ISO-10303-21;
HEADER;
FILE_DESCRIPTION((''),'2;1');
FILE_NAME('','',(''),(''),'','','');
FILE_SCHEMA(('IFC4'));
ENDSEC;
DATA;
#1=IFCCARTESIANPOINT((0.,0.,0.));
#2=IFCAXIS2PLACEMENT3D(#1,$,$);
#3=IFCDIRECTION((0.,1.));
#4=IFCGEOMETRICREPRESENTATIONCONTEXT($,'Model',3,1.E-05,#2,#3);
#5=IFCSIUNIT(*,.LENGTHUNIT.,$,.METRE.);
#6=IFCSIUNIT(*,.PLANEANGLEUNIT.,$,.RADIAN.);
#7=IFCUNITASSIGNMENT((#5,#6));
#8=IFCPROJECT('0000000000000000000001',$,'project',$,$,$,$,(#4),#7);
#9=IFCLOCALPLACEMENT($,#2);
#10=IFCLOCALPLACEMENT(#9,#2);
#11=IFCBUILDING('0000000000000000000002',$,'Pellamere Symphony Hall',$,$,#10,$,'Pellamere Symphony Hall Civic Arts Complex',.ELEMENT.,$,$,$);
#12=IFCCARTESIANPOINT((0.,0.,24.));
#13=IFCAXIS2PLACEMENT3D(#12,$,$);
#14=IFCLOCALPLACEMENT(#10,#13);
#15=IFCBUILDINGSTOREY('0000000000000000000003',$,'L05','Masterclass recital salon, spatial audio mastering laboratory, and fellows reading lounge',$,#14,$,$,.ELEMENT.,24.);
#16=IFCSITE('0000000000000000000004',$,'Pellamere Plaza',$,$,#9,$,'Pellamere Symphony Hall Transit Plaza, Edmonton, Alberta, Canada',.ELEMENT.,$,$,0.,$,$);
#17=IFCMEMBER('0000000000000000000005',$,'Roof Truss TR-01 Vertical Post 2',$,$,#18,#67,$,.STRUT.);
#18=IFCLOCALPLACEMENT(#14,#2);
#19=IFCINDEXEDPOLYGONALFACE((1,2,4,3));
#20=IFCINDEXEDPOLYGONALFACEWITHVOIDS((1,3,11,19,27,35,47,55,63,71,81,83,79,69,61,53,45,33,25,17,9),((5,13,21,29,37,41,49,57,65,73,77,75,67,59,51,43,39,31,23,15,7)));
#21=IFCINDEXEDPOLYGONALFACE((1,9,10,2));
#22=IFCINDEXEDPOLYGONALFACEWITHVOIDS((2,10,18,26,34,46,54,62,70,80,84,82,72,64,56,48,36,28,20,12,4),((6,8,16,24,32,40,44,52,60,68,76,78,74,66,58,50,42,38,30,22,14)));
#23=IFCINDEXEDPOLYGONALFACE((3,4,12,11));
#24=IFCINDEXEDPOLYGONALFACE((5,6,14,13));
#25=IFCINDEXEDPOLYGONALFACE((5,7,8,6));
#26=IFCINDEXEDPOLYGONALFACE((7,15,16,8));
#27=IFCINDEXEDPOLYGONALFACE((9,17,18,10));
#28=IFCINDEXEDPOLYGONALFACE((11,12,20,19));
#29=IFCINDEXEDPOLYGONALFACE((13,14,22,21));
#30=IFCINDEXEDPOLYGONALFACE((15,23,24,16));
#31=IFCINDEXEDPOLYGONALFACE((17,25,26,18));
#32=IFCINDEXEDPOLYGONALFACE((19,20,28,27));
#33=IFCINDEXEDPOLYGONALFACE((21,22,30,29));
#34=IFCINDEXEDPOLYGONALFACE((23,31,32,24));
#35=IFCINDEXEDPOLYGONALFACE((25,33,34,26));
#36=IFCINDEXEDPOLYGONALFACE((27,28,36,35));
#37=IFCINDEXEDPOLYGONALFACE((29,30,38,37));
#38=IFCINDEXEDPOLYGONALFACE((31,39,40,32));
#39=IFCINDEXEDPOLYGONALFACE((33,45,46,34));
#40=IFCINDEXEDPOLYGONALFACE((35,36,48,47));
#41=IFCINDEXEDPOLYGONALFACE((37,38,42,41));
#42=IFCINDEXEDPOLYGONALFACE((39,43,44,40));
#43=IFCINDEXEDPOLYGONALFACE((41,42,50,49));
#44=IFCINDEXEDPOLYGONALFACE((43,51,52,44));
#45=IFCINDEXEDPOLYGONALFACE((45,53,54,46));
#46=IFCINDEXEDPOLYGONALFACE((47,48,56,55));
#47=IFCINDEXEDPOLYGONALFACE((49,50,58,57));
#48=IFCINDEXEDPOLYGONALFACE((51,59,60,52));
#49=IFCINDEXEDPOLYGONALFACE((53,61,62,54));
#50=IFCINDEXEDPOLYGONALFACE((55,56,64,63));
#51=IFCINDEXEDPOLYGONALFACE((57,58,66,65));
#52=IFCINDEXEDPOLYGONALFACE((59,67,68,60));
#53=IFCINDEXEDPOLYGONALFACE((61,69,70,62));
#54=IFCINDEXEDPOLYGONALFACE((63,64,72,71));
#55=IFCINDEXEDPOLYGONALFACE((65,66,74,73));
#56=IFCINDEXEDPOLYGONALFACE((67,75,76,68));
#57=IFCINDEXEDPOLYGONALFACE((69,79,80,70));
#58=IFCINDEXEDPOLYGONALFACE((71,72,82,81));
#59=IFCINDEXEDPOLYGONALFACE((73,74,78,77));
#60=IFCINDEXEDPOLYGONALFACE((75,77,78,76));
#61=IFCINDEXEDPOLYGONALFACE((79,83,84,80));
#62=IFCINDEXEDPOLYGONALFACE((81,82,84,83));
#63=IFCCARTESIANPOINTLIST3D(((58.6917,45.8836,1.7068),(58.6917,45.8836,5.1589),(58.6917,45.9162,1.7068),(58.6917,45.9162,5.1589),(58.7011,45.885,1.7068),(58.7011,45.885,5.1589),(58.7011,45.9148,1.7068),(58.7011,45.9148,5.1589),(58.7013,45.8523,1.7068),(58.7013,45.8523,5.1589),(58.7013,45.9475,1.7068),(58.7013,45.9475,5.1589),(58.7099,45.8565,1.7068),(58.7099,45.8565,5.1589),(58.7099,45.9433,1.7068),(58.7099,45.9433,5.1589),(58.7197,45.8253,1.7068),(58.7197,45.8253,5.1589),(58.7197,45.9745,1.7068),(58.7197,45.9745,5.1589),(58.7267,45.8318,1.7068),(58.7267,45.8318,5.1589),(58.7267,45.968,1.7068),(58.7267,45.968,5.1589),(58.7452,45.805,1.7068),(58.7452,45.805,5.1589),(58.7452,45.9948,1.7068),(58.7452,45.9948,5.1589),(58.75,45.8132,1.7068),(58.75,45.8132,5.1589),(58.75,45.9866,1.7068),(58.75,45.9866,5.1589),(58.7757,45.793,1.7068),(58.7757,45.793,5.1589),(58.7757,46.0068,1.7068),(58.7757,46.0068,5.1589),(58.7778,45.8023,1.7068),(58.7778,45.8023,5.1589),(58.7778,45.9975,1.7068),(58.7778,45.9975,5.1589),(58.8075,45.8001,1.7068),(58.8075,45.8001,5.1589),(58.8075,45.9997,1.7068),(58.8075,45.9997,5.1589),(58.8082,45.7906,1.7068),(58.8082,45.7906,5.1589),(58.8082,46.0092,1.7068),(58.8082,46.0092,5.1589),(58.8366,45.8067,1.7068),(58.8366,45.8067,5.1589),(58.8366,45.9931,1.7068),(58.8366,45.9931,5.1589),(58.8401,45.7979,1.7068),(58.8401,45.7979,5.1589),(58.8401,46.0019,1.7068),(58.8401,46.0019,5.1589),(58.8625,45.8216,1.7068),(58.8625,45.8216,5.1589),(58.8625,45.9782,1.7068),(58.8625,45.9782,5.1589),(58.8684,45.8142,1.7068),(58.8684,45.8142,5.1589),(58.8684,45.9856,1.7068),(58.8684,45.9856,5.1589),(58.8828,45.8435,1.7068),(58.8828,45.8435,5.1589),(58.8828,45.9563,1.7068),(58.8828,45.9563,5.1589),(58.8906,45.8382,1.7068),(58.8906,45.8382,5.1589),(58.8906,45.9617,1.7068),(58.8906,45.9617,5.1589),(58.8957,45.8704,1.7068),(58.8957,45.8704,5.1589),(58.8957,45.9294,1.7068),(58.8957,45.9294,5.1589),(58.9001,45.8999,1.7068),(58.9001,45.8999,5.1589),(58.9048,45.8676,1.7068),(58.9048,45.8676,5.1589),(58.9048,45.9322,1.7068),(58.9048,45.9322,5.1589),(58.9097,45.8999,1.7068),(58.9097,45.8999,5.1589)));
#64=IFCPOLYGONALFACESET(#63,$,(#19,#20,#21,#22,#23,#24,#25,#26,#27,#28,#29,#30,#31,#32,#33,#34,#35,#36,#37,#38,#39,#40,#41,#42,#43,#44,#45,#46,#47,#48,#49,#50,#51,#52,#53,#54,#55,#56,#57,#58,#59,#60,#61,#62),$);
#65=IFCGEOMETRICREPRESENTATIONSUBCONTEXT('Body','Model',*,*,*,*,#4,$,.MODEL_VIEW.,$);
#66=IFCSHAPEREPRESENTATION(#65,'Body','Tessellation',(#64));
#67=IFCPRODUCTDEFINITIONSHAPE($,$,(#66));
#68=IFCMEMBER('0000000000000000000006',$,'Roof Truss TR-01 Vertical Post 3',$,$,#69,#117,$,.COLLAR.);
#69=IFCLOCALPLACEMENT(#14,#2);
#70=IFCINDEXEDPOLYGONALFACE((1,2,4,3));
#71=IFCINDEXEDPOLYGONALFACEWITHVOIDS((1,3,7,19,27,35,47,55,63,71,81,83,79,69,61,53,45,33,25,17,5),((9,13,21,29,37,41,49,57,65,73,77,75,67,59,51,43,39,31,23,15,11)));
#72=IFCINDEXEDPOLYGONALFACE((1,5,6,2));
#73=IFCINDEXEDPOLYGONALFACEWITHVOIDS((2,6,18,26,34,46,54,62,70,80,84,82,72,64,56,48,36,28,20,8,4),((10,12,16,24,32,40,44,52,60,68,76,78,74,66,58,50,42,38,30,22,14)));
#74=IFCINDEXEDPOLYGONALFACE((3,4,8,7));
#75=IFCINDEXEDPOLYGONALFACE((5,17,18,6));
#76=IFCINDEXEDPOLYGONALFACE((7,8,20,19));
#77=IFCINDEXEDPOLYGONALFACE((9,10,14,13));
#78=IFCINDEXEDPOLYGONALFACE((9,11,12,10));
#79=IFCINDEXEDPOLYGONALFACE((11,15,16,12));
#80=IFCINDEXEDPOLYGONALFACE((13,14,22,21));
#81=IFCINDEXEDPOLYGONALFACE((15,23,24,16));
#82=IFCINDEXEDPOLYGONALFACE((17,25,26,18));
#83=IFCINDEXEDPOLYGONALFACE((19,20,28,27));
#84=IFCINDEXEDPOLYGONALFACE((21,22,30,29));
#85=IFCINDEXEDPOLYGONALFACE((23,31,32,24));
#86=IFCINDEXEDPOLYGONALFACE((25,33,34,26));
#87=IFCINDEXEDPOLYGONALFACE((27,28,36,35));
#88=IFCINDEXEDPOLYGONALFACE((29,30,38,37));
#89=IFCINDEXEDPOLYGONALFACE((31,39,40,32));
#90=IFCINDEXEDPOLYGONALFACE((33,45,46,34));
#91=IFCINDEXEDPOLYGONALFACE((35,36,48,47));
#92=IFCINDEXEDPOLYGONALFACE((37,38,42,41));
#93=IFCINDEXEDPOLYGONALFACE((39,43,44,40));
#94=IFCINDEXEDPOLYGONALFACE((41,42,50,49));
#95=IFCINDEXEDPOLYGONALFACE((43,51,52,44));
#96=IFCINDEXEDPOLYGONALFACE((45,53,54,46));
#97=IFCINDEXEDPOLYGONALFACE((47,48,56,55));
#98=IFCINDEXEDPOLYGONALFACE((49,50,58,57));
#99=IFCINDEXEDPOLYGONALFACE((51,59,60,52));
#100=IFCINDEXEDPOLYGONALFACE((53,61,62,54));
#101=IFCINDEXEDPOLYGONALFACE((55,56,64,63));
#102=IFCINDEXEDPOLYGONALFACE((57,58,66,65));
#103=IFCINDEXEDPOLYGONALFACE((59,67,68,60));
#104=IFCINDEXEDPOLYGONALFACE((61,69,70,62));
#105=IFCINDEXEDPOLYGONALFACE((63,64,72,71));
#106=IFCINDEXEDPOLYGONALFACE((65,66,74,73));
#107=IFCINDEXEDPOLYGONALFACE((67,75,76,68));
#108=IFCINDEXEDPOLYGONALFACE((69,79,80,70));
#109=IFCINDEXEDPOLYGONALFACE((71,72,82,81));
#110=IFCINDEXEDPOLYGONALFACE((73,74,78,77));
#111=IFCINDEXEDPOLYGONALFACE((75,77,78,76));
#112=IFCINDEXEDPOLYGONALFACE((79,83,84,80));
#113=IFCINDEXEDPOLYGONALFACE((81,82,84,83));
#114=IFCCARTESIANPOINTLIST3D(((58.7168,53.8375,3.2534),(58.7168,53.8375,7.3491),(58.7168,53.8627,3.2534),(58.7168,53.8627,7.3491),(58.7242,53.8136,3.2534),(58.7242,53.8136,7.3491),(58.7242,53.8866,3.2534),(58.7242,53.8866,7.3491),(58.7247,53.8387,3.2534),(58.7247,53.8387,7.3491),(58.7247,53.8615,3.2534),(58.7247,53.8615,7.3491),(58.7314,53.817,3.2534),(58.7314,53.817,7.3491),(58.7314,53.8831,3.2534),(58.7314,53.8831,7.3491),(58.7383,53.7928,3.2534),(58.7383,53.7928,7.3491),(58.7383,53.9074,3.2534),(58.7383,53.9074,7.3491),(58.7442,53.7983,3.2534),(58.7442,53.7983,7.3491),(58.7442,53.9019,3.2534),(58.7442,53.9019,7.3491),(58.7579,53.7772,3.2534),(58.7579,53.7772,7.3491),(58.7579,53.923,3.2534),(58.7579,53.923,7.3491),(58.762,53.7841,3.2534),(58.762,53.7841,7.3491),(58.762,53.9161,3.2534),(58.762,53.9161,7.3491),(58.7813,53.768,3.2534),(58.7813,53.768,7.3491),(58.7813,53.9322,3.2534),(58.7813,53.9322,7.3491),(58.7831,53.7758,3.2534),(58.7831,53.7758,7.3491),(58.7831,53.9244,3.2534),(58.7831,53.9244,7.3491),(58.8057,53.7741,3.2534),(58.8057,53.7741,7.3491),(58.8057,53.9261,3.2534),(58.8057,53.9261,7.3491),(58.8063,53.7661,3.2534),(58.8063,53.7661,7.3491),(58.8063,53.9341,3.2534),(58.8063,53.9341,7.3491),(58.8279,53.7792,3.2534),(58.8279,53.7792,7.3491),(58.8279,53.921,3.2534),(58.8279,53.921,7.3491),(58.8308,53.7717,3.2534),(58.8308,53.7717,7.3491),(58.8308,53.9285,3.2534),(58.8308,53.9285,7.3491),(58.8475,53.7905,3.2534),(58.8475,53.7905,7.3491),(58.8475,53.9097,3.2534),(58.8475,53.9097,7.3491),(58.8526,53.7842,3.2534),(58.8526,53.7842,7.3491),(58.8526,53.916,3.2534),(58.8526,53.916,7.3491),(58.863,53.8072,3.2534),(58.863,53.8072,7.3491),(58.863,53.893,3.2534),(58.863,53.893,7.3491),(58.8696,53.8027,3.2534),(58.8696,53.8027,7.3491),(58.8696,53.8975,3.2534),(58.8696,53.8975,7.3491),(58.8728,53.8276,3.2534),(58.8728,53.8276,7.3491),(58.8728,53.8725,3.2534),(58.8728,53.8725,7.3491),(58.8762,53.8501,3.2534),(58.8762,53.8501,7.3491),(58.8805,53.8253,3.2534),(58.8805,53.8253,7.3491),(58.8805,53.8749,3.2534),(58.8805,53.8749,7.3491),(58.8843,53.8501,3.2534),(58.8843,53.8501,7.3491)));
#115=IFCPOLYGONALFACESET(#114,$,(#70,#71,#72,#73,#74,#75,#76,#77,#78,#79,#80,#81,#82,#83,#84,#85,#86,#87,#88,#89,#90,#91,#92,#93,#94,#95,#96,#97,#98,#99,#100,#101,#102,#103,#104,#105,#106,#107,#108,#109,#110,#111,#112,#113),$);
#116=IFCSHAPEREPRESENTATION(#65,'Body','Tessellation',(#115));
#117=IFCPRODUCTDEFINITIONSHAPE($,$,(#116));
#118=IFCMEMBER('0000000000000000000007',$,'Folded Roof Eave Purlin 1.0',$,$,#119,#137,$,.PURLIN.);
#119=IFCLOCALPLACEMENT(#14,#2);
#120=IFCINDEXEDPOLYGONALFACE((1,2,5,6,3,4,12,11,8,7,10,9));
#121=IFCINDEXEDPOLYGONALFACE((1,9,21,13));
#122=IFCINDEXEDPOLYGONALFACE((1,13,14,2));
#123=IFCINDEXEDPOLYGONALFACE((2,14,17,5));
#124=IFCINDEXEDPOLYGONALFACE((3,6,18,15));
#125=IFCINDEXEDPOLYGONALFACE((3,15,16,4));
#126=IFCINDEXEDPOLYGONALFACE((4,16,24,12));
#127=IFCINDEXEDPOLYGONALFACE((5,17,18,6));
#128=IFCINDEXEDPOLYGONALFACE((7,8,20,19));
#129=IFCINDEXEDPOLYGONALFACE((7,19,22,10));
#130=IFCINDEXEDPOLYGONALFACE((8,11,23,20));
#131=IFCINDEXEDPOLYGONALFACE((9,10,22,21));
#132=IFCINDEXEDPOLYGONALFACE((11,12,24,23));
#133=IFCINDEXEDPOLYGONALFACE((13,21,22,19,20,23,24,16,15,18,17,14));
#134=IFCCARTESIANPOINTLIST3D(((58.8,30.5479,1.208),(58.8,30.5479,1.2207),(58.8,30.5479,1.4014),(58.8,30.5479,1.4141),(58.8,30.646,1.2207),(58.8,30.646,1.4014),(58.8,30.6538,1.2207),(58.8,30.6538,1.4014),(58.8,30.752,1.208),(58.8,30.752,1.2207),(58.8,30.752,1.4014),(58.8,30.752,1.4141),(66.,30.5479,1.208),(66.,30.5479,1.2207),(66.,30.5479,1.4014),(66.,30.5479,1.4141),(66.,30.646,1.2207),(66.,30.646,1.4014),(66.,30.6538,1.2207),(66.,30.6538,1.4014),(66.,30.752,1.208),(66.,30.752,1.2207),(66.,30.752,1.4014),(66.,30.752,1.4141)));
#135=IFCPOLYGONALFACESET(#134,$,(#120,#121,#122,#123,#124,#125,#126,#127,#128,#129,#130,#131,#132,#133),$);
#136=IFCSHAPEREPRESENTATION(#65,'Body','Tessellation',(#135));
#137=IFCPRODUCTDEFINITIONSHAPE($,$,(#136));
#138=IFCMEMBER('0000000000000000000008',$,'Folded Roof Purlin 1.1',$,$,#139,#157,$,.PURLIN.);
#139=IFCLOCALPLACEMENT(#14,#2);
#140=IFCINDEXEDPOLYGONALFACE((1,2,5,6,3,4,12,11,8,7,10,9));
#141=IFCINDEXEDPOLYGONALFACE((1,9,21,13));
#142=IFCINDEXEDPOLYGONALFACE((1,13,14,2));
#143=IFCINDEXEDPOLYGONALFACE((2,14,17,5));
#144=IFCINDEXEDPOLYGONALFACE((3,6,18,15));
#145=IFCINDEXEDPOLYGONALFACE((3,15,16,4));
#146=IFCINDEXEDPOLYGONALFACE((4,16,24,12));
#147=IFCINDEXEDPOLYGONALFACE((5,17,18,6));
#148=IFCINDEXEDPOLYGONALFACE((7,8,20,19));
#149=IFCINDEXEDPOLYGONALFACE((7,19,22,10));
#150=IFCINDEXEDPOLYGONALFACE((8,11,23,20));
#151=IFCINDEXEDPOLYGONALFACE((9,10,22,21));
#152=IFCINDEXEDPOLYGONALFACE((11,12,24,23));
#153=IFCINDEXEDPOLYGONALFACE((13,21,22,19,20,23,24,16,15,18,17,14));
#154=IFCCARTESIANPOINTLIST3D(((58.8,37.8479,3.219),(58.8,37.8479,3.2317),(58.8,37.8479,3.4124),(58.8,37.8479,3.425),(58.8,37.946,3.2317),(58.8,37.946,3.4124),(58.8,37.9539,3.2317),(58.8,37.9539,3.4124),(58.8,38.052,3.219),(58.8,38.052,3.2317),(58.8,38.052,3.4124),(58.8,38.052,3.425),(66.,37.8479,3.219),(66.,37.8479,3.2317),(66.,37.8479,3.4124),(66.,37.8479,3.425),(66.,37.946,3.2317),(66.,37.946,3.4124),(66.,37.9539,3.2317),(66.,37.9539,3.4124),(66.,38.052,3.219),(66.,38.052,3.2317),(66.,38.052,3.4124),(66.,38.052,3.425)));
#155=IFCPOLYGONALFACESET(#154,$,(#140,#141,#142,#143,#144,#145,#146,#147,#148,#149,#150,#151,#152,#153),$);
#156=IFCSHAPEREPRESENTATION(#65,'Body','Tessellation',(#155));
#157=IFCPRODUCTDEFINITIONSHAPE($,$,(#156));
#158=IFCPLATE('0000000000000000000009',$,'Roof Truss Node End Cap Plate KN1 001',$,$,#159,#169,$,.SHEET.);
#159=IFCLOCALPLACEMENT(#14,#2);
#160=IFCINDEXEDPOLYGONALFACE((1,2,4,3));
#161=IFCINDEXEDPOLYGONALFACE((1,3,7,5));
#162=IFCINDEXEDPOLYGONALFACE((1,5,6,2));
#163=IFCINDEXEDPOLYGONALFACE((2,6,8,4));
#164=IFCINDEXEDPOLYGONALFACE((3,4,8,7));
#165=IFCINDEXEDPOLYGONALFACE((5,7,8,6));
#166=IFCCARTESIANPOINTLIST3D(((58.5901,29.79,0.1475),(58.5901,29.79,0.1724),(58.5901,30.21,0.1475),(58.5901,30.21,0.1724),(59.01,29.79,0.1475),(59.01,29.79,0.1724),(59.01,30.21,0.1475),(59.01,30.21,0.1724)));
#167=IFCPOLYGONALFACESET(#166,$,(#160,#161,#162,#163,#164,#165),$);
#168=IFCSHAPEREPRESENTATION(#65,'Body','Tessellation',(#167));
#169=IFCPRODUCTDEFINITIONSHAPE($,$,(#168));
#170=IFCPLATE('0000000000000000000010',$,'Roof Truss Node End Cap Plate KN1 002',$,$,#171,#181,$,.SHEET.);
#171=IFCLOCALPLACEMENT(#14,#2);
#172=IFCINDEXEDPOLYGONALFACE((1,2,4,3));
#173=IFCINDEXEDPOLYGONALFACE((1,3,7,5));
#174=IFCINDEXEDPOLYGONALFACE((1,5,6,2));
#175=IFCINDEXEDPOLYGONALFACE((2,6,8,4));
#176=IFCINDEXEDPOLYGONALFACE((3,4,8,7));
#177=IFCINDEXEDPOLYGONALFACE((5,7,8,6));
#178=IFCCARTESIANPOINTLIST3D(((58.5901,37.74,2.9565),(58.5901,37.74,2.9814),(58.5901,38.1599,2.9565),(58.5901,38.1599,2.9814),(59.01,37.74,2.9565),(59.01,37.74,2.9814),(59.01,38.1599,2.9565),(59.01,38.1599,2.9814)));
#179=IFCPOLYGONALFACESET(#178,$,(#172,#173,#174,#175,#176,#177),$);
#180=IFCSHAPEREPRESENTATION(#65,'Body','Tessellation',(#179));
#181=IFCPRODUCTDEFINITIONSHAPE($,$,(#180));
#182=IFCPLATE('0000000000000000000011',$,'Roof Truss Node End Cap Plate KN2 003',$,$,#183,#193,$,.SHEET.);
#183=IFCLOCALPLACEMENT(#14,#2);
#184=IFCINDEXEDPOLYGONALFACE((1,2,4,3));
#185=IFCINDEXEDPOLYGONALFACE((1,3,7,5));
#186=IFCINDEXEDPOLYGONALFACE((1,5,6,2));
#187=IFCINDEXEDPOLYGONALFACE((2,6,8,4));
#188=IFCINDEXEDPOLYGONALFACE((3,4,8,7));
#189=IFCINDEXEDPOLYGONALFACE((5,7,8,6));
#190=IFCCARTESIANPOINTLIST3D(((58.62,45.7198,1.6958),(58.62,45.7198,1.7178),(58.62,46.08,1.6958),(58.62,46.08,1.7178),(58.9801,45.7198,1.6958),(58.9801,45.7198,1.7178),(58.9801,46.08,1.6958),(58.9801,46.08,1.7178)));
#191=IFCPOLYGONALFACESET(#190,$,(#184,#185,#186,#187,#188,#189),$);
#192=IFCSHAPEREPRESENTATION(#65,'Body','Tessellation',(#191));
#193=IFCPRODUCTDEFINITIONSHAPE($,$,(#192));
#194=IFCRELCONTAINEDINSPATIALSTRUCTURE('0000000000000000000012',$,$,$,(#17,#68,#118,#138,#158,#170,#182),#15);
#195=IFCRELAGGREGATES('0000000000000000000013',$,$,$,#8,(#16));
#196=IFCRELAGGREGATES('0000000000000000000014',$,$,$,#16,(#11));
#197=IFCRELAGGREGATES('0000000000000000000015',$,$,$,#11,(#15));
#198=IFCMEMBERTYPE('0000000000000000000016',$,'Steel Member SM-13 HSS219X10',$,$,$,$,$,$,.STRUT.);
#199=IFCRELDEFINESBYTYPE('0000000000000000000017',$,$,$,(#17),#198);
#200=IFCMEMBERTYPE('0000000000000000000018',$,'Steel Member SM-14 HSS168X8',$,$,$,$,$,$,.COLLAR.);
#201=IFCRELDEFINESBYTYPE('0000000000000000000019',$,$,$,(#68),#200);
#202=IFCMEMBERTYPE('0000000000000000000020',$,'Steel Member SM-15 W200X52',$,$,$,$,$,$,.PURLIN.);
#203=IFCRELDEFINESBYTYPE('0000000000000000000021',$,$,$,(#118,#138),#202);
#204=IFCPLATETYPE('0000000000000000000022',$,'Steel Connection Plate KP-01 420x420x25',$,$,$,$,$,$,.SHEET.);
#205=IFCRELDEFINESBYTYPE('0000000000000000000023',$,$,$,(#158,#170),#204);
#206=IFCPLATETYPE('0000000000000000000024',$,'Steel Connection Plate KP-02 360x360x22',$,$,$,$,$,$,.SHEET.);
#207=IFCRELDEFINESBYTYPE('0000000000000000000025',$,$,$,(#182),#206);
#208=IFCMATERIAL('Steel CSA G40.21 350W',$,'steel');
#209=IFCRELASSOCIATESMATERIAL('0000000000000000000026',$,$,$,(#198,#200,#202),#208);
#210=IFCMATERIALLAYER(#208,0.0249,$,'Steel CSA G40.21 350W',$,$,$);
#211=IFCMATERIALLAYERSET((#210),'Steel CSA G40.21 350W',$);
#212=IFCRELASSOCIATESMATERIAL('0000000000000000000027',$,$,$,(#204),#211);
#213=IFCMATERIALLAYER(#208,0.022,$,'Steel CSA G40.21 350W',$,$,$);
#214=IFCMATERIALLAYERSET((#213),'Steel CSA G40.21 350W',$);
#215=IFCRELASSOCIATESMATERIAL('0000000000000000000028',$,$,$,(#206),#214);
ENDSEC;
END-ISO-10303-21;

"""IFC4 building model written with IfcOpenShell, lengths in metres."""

from ifc_helpers import new_model, si_unit, direction, frame, origin, origin_2d, place, context, subcontext, project, spatial, rectangle, hollow_circle, i_section, extrude, material, layer, layer_set, material_profile, profile_set, type_object, element, save


model = new_model("IFC4")

# Units and contexts
model_context = context("Model", 3, precision=1e-05, world=origin(), true_north=direction((0.0, 1.0)))
body_context = subcontext(model_context, "Body", "Model", "MODEL_VIEW")
ifc_project = project(units=[si_unit("LENGTHUNIT", "METRE"), si_unit("PLANEANGLEUNIT", "RADIAN")], contexts=[model_context])

# Site, building, storey
site_placement = place(None, origin())
site = spatial("IfcSite", under=ifc_project, at=site_placement, Name="Pellamere Plaza", LongName="Pellamere Symphony Hall Transit Plaza, Edmonton, Alberta, Canada", CompositionType="ELEMENT", RefElevation=0.0)
building_placement = place(site_placement, origin())
building = spatial("IfcBuilding", under=site, at=building_placement, Name="Pellamere Symphony Hall", LongName="Pellamere Symphony Hall Civic Arts Complex", CompositionType="ELEMENT")
storey_placement = place(building_placement, frame((0.0, 0.0, 24.0)))
storey = spatial("IfcBuildingStorey", under=building, at=storey_placement, Name="L05", Description="Masterclass recital salon, spatial audio mastering laboratory, and fellows reading lounge", CompositionType="ELEMENT", Elevation=24.0)

# Shared definitions
ifc_material_1 = material(Name="Steel CSA G40.21 350W", Category="steel")

# Members
ifc_material_profile_1 = material_profile(ifc_material_1, hollow_circle(Radius=0.1096, WallThickness=0.0095, at=origin_2d()), Name="HSS219X10")
ifc_profile_set_1 = profile_set([ifc_material_profile_1], Name="Steel CSA G40.21 350W")
member_type_1 = type_object("IfcMemberType", Name="Steel Member SM-13 HSS219X10", PredefinedType="STRUT", material=ifc_profile_set_1)
member_1_placement = place(storey_placement, frame((58.8, 45.8999, 1.7068), z_axis=(0.0, 0.0, 1.0), x_axis=(1.0, 0.0, 0.0)))
element("IfcMember", 1, at=member_1_placement, inside=storey, type_object=member_type_1, Name="Roof Truss TR-01 Vertical Post 2", PredefinedType="STRUT", context=body_context, shape_type="SweptSolid", body=[
    extrude(hollow_circle(Radius=0.1096, WallThickness=0.0095, at=origin_2d()), origin(), (0.0, 0.0, 1.0), 3.4521),
])
ifc_material_profile_2 = material_profile(ifc_material_1, hollow_circle(Radius=0.0842, WallThickness=0.0081, at=origin_2d()), Name="HSS168X8")
ifc_profile_set_2 = profile_set([ifc_material_profile_2], Name="Steel CSA G40.21 350W")
member_type_2 = type_object("IfcMemberType", Name="Steel Member SM-14 HSS168X8", PredefinedType="COLLAR", material=ifc_profile_set_2)
member_2_placement = place(storey_placement, frame((58.8, 53.8501, 3.2534), z_axis=(0.0, 0.0, 1.0), x_axis=(1.0, 0.0, 0.0)))
element("IfcMember", 2, at=member_2_placement, inside=storey, type_object=member_type_2, Name="Roof Truss TR-01 Vertical Post 3", PredefinedType="COLLAR", context=body_context, shape_type="SweptSolid", body=[
    extrude(hollow_circle(Radius=0.0842, WallThickness=0.0081, at=origin_2d()), origin(), (0.0, 0.0, 1.0), 4.0957),
])
ifc_material_profile_3 = material_profile(ifc_material_1, i_section(OverallWidth=0.2041, OverallDepth=0.2061, WebThickness=0.0078, FlangeThickness=0.0127, at=origin_2d()), Name="W200X52")
ifc_profile_set_3 = profile_set([ifc_material_profile_3], Name="Steel CSA G40.21 350W")
member_type_3 = type_object("IfcMemberType", Name="Steel Member SM-15 W200X52", PredefinedType="PURLIN", material=ifc_profile_set_3)
for number, where, z_axis, x_axis, name in (
    (3, (58.8, 30.6499, 1.311), (1.0, 0.0, 0.0), (0.0, 1.0, 0.0), "Folded Roof Eave Purlin 1.0"),
    (4, (58.8, 37.95, 3.322), (1.0, 0.0, 0.0), (0.0, 1.0, 0.0), "Folded Roof Purlin 1.1"),
):
    element("IfcMember", number, at=place(storey_placement, frame(where, z_axis=z_axis, x_axis=x_axis)), inside=storey, type_object=member_type_3, Name=name, PredefinedType="PURLIN", context=body_context, shape_type="SweptSolid", body=[
        extrude(i_section(OverallWidth=0.2041, OverallDepth=0.2061, WebThickness=0.0078, FlangeThickness=0.0127, at=origin_2d()), origin(), (0.0, 0.0, 1.0), 7.2),
    ])

# Plates
ifc_layer_1 = layer(ifc_material_1, 0.0249, Name="Steel CSA G40.21 350W")
ifc_layer_set_1 = layer_set([ifc_layer_1], Name="Steel CSA G40.21 350W")
plate_type_1 = type_object("IfcPlateType", Name="Steel Connection Plate KP-01 420x420x25", PredefinedType="SHEET", material=ifc_layer_set_1)
for number, where, z_axis, x_axis, name in (
    (5, (58.8, 30.0, 0.1475), (0.0, 0.0, 1.0), (1.0, 0.0, 0.0), "Roof Truss Node End Cap Plate KN1 001"),
    (6, (58.8, 37.95, 2.9565), (0.0, 0.0, 1.0), (1.0, 0.0, 0.0), "Roof Truss Node End Cap Plate KN1 002"),
):
    element("IfcPlate", number, at=place(storey_placement, frame(where, z_axis=z_axis, x_axis=x_axis)), inside=storey, type_object=plate_type_1, Name=name, PredefinedType="SHEET", context=body_context, shape_type="SweptSolid", body=[
        extrude(rectangle(XDim=0.4199, YDim=0.4199, at=origin_2d()), origin(), (0.0, 0.0, 1.0), 0.0249),
    ])
ifc_layer_2 = layer(ifc_material_1, 0.022, Name="Steel CSA G40.21 350W")
ifc_layer_set_2 = layer_set([ifc_layer_2], Name="Steel CSA G40.21 350W")
plate_type_2 = type_object("IfcPlateType", Name="Steel Connection Plate KP-02 360x360x22", PredefinedType="SHEET", material=ifc_layer_set_2)
for number, where, z_axis, x_axis, name in (
    (7, (58.8, 45.8999, 1.6958), (0.0, 0.0, 1.0), (1.0, 0.0, 0.0), "Roof Truss Node End Cap Plate KN2 003"),
):
    element("IfcPlate", number, at=place(storey_placement, frame(where, z_axis=z_axis, x_axis=x_axis)), inside=storey, type_object=plate_type_2, Name=name, PredefinedType="SHEET", context=body_context, shape_type="SweptSolid", body=[
        extrude(rectangle(XDim=0.3601, YDim=0.3601, at=origin_2d()), origin(), (0.0, 0.0, 1.0), 0.022),
    ])

save(model, "model.ifc")
